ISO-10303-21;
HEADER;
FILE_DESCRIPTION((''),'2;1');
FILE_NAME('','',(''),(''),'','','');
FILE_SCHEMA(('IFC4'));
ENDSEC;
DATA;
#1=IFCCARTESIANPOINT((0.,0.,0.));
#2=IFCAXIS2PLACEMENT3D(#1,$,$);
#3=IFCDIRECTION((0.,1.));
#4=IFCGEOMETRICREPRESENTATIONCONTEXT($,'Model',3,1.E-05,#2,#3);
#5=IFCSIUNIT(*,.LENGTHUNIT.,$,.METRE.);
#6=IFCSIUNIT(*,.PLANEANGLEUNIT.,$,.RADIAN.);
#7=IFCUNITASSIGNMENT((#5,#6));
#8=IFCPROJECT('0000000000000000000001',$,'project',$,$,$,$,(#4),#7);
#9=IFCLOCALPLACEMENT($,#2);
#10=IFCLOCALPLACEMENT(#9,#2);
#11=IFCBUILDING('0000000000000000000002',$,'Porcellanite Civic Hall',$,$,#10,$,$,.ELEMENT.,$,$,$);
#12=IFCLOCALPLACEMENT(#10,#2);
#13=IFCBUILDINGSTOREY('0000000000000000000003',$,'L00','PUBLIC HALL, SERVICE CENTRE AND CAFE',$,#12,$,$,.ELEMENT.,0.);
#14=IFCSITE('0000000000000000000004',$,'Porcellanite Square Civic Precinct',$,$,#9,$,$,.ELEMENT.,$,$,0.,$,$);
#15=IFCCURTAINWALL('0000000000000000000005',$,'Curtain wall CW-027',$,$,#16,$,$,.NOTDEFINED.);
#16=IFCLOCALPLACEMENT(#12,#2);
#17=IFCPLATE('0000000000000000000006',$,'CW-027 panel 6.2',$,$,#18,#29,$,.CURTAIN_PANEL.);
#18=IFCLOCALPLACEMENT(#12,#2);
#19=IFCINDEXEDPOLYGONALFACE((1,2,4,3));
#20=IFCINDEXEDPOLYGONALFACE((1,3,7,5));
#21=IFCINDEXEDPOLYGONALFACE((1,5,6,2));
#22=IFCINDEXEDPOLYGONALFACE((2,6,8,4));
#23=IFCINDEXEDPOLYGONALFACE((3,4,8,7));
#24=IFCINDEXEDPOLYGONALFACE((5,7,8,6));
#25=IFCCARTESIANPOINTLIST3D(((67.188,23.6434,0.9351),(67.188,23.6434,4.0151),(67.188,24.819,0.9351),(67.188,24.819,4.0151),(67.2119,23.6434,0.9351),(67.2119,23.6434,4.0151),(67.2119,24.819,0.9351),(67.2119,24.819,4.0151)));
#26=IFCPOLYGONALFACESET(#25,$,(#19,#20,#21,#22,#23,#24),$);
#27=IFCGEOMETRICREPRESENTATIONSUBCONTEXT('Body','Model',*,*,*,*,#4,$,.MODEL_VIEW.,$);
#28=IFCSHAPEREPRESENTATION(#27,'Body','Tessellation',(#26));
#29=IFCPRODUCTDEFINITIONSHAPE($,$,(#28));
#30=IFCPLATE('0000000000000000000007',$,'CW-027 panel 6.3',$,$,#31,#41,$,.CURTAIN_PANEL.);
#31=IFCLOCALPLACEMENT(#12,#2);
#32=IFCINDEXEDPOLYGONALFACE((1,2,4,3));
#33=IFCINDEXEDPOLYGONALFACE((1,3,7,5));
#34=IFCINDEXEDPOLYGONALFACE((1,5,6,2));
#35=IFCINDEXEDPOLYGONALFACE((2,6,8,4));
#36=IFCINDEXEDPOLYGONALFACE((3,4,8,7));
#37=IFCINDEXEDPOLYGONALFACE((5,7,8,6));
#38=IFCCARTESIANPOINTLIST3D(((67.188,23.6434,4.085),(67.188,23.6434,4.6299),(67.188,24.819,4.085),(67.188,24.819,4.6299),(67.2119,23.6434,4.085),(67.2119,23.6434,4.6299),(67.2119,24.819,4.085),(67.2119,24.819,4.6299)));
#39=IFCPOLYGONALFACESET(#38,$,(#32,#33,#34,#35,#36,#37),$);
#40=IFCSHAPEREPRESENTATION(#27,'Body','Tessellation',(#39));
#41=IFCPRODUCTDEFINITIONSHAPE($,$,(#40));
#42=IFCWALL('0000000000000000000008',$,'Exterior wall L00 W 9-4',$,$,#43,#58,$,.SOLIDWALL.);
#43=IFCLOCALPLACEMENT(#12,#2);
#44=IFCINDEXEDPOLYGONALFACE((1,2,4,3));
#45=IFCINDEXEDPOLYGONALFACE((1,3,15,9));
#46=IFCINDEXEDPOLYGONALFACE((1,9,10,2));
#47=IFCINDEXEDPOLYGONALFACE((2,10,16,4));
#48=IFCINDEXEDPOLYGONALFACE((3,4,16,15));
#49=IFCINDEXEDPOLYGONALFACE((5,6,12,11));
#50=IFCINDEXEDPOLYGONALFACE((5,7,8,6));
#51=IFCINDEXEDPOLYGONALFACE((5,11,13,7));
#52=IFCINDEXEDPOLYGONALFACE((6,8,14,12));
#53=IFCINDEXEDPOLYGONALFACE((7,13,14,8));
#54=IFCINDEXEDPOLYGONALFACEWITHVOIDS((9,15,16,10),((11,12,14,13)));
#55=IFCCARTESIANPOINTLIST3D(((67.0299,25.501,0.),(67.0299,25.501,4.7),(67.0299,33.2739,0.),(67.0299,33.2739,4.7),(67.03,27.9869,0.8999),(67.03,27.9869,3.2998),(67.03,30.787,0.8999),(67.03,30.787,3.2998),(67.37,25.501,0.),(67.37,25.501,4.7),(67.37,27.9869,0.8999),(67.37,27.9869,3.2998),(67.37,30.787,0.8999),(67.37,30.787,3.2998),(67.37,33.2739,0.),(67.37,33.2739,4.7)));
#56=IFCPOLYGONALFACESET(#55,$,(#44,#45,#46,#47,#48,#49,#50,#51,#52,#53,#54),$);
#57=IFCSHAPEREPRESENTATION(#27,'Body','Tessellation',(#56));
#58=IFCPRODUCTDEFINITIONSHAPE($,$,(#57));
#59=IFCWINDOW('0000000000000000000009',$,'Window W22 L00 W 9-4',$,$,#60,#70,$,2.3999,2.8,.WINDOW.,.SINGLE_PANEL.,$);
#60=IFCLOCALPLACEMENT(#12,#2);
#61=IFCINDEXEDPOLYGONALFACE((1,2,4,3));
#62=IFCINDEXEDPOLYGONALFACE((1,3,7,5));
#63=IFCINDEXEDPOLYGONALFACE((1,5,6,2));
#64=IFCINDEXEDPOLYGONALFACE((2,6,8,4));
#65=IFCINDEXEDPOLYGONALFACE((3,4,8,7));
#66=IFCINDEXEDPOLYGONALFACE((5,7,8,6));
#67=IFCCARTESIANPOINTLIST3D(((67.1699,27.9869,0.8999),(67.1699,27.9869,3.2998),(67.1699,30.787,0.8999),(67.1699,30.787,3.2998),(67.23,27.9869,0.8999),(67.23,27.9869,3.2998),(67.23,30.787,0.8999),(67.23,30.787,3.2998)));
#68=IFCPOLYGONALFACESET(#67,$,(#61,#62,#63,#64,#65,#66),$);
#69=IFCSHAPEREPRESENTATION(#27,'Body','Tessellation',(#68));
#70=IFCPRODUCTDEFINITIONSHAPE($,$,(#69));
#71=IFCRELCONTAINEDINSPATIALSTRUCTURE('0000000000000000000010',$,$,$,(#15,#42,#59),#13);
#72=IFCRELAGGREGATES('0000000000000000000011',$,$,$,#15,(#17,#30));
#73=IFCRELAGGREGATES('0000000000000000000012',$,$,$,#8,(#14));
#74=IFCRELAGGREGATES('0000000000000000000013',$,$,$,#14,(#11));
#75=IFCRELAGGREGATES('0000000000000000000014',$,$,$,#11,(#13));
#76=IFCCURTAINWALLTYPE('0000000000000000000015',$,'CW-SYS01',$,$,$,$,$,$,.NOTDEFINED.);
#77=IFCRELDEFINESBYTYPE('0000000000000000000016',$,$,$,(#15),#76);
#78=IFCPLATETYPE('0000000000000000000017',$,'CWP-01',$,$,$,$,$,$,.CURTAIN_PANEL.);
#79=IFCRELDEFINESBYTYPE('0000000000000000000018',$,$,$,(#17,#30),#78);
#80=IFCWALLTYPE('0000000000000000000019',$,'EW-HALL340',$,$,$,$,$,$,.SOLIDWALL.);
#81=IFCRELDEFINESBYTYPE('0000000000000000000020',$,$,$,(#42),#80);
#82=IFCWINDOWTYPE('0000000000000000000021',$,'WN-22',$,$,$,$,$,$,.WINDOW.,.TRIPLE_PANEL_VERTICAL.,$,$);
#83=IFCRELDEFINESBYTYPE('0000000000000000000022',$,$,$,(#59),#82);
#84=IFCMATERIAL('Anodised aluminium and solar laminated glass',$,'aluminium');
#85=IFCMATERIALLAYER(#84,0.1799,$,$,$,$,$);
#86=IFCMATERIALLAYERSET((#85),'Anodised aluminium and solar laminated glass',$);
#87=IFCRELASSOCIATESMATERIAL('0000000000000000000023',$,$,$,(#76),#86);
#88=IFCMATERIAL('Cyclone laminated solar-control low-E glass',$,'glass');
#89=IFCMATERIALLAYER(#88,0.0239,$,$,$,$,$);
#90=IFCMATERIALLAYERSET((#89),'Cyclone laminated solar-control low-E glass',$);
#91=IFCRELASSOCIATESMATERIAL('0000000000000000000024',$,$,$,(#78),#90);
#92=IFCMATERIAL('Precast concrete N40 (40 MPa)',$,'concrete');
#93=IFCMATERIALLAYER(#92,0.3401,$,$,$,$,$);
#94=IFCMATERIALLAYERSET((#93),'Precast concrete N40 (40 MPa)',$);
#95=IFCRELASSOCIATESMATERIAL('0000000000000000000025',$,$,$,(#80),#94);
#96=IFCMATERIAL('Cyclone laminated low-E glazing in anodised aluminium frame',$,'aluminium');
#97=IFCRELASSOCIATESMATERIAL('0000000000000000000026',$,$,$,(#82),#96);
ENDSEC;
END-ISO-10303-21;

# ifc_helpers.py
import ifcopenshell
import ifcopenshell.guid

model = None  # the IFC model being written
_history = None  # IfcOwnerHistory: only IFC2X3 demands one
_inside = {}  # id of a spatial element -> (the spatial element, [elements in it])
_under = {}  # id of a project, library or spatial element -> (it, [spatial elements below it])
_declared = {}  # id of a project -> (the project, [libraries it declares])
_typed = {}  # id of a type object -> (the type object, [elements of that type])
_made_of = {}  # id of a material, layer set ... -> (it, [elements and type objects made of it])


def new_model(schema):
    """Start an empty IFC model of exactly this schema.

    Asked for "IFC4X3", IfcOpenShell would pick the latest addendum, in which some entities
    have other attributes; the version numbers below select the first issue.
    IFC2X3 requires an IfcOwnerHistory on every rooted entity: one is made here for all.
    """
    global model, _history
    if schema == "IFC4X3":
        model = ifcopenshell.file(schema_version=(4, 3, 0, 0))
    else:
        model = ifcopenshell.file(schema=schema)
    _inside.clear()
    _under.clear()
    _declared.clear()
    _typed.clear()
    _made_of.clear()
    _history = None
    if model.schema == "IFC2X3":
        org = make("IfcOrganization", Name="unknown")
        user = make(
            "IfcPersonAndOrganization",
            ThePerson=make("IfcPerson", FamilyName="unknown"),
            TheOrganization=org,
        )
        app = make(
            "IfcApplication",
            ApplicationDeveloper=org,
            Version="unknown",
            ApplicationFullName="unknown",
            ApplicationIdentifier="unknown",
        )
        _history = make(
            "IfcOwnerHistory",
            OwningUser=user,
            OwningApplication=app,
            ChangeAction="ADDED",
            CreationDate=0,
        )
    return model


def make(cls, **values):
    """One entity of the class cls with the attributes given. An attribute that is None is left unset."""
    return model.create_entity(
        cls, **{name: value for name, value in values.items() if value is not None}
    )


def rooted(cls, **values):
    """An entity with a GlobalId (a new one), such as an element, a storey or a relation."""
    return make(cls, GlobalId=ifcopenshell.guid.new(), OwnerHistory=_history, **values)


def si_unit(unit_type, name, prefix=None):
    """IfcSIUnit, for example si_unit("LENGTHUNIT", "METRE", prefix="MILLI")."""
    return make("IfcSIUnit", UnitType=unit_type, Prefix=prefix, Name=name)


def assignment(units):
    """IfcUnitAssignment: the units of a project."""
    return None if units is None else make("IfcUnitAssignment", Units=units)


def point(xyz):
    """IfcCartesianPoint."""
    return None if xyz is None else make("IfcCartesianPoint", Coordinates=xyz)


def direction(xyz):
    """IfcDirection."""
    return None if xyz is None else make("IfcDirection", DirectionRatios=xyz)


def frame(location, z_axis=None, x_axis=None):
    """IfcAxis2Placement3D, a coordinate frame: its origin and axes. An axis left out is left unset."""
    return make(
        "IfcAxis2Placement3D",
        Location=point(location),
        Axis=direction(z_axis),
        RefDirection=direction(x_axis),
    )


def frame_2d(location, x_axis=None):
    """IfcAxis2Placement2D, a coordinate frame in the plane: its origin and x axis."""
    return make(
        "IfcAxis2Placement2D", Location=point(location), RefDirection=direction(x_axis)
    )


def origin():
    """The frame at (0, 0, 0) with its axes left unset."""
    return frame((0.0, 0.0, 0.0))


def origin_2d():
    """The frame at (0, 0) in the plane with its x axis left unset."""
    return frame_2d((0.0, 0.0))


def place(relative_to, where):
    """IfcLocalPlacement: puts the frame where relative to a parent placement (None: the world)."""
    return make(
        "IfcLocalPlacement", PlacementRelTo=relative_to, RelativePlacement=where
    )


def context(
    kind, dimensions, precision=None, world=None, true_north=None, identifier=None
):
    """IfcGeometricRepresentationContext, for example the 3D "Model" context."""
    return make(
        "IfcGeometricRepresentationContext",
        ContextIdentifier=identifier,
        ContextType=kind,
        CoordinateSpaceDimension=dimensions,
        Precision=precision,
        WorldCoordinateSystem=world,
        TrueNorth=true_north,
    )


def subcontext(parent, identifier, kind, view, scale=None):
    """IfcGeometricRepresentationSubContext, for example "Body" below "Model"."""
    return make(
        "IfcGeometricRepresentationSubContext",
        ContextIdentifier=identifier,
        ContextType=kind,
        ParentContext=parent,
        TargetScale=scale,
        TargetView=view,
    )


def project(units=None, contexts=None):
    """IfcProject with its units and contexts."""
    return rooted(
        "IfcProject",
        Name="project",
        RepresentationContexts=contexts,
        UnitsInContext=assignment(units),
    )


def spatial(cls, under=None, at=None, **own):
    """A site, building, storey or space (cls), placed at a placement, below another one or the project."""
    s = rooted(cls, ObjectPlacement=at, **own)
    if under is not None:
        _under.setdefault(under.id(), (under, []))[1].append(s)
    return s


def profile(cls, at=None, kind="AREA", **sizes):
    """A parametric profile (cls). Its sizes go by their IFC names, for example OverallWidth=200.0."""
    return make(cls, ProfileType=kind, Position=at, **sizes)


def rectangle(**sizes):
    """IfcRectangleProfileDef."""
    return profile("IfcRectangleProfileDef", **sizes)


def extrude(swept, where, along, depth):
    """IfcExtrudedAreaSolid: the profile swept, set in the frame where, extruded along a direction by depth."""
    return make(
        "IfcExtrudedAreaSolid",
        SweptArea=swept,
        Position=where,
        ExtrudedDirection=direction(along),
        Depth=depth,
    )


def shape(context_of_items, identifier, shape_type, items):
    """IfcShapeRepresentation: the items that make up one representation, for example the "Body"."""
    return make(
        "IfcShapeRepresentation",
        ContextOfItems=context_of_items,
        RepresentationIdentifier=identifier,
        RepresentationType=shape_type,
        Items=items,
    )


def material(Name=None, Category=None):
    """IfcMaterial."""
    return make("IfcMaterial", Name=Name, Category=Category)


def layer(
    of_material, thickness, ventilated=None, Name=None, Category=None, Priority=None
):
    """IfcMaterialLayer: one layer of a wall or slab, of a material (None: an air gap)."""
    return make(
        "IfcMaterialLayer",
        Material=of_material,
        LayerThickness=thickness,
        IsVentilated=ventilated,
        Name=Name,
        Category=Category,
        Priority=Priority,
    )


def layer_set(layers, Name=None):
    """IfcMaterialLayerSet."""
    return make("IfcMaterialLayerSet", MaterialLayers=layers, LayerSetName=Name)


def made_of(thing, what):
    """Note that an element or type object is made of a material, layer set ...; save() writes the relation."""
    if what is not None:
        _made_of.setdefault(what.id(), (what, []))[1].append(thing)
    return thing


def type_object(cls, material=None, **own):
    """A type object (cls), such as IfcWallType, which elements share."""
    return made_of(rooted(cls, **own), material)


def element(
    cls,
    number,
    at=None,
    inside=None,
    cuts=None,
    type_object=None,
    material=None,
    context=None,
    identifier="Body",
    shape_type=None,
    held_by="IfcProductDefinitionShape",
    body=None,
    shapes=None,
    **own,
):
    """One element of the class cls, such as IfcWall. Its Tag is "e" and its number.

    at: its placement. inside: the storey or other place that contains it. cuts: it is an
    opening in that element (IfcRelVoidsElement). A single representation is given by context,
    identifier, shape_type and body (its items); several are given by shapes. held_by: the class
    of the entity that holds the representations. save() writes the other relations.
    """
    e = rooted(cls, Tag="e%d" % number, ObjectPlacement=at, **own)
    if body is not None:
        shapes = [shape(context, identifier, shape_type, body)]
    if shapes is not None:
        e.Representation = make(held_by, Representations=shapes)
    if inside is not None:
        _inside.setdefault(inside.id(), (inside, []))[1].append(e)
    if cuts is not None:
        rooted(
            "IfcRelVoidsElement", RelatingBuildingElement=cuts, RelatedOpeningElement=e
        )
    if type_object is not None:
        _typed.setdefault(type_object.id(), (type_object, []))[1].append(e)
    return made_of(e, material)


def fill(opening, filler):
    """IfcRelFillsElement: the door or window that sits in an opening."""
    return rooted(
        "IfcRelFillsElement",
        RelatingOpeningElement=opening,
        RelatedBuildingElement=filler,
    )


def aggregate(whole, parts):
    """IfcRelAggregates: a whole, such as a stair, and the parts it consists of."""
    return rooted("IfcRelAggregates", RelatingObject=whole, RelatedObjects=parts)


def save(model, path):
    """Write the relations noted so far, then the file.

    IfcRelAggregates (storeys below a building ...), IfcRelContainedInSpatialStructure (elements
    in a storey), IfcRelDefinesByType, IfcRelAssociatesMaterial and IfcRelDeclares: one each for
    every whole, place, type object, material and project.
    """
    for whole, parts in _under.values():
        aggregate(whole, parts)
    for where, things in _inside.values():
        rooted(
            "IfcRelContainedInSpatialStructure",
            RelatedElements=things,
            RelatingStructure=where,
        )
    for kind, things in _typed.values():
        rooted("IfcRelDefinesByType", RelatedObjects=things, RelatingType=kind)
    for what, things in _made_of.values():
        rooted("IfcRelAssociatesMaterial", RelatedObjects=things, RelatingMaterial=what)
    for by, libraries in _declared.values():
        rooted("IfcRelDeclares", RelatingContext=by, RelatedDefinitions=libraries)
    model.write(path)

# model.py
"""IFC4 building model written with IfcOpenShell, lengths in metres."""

from ifc_helpers import new_model, si_unit, direction, frame, frame_2d, origin, origin_2d, place, context, subcontext, project, spatial, rectangle, extrude, material, layer, layer_set, type_object, element, fill, aggregate, save


model = new_model("IFC4")

# Units and contexts
model_context = context("Model", 3, precision=1e-05, world=origin(), true_north=direction((0.0, 1.0)))
body_context = subcontext(model_context, "Body", "Model", "MODEL_VIEW")
ifc_project = project(units=[si_unit("LENGTHUNIT", "METRE"), si_unit("PLANEANGLEUNIT", "RADIAN")], contexts=[model_context])

# Site, building, storey
site_placement = place(None, origin())
site = spatial("IfcSite", under=ifc_project, at=site_placement, Name="Porcellanite Square Civic Precinct", CompositionType="ELEMENT", RefElevation=0.0)
building_placement = place(site_placement, origin())
building = spatial("IfcBuilding", under=site, at=building_placement, Name="Porcellanite Civic Hall", CompositionType="ELEMENT")
storey_placement = place(building_placement, origin())
storey = spatial("IfcBuildingStorey", under=building, at=storey_placement, Name="L00", Description="PUBLIC HALL, SERVICE CENTRE AND CAFE", CompositionType="ELEMENT", Elevation=0.0)

# Curtain wall
ifc_material_1 = material(Name="Anodised aluminium and solar laminated glass", Category="aluminium")
ifc_layer_1 = layer(ifc_material_1, 0.1799)
ifc_layer_set_1 = layer_set([ifc_layer_1], Name="Anodised aluminium and solar laminated glass")
curtain_wall_type = type_object("IfcCurtainWallType", Name="CW-SYS01", PredefinedType="NOTDEFINED", material=ifc_layer_set_1)
curtain_wall_1_placement = place(storey_placement, origin())
curtain_wall_1 = element("IfcCurtainWall", 1, at=curtain_wall_1_placement, inside=storey, type_object=curtain_wall_type, Name="Curtain wall CW-027", PredefinedType="NOTDEFINED")

# Plates
ifc_material_2 = material(Name="Cyclone laminated solar-control low-E glass", Category="glass")
ifc_layer_2 = layer(ifc_material_2, 0.0239)
ifc_layer_set_2 = layer_set([ifc_layer_2], Name="Cyclone laminated solar-control low-E glass")
plate_type = type_object("IfcPlateType", Name="CWP-01", PredefinedType="CURTAIN_PANEL", material=ifc_layer_set_2)
plate_1_placement = place(storey_placement, frame((67.2, 24.2312, 0.9351), z_axis=(0.0, 0.0, 1.0), x_axis=(0.0, 1.0, 0.0)))
plate_1 = element("IfcPlate", 2, at=plate_1_placement, type_object=plate_type, Name="CW-027 panel 6.2", PredefinedType="CURTAIN_PANEL", context=body_context, shape_type="SweptSolid", body=[
    extrude(rectangle(XDim=1.1755, YDim=0.0239, at=origin_2d()), origin(), (0.0, 0.0, 1.0), 3.0801),
])
plate_2_placement = place(storey_placement, frame((67.2, 24.2312, 4.085), z_axis=(0.0, 0.0, 1.0), x_axis=(0.0, 1.0, 0.0)))
plate_2 = element("IfcPlate", 3, at=plate_2_placement, type_object=plate_type, Name="CW-027 panel 6.3", PredefinedType="CURTAIN_PANEL", context=body_context, shape_type="SweptSolid", body=[
    extrude(rectangle(XDim=1.1755, YDim=0.0239, at=origin_2d()), origin(), (0.0, 0.0, 1.0), 0.5449),
])
aggregate(curtain_wall_1, [plate_1, plate_2])

# Wall, opening, window
ifc_material_3 = material(Name="Precast concrete N40 (40 MPa)", Category="concrete")
ifc_layer_3 = layer(ifc_material_3, 0.3401)
ifc_layer_set_3 = layer_set([ifc_layer_3], Name="Precast concrete N40 (40 MPa)")
wall_type = type_object("IfcWallType", Name="EW-HALL340", PredefinedType="SOLIDWALL", material=ifc_layer_set_3)
wall_placement = place(storey_placement, frame((67.2, 25.501, 0.0), z_axis=(0.0, 0.0, 1.0), x_axis=(0.0, 1.0, 0.0)))
wall = element("IfcWall", 4, at=wall_placement, inside=storey, type_object=wall_type, Name="Exterior wall L00 W 9-4", PredefinedType="SOLIDWALL", context=body_context, shape_type="SweptSolid", body=[
    extrude(rectangle(XDim=7.7729, YDim=0.3401, at=frame_2d((3.8865, 0.0))), origin(), (0.0, 0.0, 1.0), 4.7),
])
opening_placement = place(wall_placement, frame((2.4861, 0.0, 0.8999)))
opening = element("IfcOpeningElement", 5, at=opening_placement, cuts=wall, PredefinedType="OPENING", context=body_context, shape_type="SweptSolid", body=[
    extrude(rectangle(XDim=2.8, YDim=2.3999, at=frame_2d((1.3999, 1.2))), frame((0.0, 0.1699, 0.0), z_axis=(0.0, -1.0, 0.0), x_axis=(1.0, 0.0, 0.0)), (0.0, 0.0, 1.0), 0.3401),
])
ifc_material_4 = material(Name="Cyclone laminated low-E glazing in anodised aluminium frame", Category="aluminium")
window_type = type_object("IfcWindowType", Name="WN-22", PartitioningType="TRIPLE_PANEL_VERTICAL", PredefinedType="WINDOW", material=ifc_material_4)
window_placement = place(opening_placement, origin())
window = element("IfcWindow", 6, at=window_placement, inside=storey, type_object=window_type, Name="Window W22 L00 W 9-4", OverallHeight=2.3999, OverallWidth=2.8, PartitioningType="SINGLE_PANEL", PredefinedType="WINDOW", context=body_context, shape_type="SweptSolid", body=[
    extrude(rectangle(XDim=2.8, YDim=2.3999, at=frame_2d((1.3999, 1.2))), frame((0.0, 0.03, 0.0), z_axis=(0.0, -1.0, 0.0), x_axis=(1.0, 0.0, 0.0)), (0.0, 0.0, 1.0), 0.0601),
])
fill(opening, window)

save(model, "model.ifc")
